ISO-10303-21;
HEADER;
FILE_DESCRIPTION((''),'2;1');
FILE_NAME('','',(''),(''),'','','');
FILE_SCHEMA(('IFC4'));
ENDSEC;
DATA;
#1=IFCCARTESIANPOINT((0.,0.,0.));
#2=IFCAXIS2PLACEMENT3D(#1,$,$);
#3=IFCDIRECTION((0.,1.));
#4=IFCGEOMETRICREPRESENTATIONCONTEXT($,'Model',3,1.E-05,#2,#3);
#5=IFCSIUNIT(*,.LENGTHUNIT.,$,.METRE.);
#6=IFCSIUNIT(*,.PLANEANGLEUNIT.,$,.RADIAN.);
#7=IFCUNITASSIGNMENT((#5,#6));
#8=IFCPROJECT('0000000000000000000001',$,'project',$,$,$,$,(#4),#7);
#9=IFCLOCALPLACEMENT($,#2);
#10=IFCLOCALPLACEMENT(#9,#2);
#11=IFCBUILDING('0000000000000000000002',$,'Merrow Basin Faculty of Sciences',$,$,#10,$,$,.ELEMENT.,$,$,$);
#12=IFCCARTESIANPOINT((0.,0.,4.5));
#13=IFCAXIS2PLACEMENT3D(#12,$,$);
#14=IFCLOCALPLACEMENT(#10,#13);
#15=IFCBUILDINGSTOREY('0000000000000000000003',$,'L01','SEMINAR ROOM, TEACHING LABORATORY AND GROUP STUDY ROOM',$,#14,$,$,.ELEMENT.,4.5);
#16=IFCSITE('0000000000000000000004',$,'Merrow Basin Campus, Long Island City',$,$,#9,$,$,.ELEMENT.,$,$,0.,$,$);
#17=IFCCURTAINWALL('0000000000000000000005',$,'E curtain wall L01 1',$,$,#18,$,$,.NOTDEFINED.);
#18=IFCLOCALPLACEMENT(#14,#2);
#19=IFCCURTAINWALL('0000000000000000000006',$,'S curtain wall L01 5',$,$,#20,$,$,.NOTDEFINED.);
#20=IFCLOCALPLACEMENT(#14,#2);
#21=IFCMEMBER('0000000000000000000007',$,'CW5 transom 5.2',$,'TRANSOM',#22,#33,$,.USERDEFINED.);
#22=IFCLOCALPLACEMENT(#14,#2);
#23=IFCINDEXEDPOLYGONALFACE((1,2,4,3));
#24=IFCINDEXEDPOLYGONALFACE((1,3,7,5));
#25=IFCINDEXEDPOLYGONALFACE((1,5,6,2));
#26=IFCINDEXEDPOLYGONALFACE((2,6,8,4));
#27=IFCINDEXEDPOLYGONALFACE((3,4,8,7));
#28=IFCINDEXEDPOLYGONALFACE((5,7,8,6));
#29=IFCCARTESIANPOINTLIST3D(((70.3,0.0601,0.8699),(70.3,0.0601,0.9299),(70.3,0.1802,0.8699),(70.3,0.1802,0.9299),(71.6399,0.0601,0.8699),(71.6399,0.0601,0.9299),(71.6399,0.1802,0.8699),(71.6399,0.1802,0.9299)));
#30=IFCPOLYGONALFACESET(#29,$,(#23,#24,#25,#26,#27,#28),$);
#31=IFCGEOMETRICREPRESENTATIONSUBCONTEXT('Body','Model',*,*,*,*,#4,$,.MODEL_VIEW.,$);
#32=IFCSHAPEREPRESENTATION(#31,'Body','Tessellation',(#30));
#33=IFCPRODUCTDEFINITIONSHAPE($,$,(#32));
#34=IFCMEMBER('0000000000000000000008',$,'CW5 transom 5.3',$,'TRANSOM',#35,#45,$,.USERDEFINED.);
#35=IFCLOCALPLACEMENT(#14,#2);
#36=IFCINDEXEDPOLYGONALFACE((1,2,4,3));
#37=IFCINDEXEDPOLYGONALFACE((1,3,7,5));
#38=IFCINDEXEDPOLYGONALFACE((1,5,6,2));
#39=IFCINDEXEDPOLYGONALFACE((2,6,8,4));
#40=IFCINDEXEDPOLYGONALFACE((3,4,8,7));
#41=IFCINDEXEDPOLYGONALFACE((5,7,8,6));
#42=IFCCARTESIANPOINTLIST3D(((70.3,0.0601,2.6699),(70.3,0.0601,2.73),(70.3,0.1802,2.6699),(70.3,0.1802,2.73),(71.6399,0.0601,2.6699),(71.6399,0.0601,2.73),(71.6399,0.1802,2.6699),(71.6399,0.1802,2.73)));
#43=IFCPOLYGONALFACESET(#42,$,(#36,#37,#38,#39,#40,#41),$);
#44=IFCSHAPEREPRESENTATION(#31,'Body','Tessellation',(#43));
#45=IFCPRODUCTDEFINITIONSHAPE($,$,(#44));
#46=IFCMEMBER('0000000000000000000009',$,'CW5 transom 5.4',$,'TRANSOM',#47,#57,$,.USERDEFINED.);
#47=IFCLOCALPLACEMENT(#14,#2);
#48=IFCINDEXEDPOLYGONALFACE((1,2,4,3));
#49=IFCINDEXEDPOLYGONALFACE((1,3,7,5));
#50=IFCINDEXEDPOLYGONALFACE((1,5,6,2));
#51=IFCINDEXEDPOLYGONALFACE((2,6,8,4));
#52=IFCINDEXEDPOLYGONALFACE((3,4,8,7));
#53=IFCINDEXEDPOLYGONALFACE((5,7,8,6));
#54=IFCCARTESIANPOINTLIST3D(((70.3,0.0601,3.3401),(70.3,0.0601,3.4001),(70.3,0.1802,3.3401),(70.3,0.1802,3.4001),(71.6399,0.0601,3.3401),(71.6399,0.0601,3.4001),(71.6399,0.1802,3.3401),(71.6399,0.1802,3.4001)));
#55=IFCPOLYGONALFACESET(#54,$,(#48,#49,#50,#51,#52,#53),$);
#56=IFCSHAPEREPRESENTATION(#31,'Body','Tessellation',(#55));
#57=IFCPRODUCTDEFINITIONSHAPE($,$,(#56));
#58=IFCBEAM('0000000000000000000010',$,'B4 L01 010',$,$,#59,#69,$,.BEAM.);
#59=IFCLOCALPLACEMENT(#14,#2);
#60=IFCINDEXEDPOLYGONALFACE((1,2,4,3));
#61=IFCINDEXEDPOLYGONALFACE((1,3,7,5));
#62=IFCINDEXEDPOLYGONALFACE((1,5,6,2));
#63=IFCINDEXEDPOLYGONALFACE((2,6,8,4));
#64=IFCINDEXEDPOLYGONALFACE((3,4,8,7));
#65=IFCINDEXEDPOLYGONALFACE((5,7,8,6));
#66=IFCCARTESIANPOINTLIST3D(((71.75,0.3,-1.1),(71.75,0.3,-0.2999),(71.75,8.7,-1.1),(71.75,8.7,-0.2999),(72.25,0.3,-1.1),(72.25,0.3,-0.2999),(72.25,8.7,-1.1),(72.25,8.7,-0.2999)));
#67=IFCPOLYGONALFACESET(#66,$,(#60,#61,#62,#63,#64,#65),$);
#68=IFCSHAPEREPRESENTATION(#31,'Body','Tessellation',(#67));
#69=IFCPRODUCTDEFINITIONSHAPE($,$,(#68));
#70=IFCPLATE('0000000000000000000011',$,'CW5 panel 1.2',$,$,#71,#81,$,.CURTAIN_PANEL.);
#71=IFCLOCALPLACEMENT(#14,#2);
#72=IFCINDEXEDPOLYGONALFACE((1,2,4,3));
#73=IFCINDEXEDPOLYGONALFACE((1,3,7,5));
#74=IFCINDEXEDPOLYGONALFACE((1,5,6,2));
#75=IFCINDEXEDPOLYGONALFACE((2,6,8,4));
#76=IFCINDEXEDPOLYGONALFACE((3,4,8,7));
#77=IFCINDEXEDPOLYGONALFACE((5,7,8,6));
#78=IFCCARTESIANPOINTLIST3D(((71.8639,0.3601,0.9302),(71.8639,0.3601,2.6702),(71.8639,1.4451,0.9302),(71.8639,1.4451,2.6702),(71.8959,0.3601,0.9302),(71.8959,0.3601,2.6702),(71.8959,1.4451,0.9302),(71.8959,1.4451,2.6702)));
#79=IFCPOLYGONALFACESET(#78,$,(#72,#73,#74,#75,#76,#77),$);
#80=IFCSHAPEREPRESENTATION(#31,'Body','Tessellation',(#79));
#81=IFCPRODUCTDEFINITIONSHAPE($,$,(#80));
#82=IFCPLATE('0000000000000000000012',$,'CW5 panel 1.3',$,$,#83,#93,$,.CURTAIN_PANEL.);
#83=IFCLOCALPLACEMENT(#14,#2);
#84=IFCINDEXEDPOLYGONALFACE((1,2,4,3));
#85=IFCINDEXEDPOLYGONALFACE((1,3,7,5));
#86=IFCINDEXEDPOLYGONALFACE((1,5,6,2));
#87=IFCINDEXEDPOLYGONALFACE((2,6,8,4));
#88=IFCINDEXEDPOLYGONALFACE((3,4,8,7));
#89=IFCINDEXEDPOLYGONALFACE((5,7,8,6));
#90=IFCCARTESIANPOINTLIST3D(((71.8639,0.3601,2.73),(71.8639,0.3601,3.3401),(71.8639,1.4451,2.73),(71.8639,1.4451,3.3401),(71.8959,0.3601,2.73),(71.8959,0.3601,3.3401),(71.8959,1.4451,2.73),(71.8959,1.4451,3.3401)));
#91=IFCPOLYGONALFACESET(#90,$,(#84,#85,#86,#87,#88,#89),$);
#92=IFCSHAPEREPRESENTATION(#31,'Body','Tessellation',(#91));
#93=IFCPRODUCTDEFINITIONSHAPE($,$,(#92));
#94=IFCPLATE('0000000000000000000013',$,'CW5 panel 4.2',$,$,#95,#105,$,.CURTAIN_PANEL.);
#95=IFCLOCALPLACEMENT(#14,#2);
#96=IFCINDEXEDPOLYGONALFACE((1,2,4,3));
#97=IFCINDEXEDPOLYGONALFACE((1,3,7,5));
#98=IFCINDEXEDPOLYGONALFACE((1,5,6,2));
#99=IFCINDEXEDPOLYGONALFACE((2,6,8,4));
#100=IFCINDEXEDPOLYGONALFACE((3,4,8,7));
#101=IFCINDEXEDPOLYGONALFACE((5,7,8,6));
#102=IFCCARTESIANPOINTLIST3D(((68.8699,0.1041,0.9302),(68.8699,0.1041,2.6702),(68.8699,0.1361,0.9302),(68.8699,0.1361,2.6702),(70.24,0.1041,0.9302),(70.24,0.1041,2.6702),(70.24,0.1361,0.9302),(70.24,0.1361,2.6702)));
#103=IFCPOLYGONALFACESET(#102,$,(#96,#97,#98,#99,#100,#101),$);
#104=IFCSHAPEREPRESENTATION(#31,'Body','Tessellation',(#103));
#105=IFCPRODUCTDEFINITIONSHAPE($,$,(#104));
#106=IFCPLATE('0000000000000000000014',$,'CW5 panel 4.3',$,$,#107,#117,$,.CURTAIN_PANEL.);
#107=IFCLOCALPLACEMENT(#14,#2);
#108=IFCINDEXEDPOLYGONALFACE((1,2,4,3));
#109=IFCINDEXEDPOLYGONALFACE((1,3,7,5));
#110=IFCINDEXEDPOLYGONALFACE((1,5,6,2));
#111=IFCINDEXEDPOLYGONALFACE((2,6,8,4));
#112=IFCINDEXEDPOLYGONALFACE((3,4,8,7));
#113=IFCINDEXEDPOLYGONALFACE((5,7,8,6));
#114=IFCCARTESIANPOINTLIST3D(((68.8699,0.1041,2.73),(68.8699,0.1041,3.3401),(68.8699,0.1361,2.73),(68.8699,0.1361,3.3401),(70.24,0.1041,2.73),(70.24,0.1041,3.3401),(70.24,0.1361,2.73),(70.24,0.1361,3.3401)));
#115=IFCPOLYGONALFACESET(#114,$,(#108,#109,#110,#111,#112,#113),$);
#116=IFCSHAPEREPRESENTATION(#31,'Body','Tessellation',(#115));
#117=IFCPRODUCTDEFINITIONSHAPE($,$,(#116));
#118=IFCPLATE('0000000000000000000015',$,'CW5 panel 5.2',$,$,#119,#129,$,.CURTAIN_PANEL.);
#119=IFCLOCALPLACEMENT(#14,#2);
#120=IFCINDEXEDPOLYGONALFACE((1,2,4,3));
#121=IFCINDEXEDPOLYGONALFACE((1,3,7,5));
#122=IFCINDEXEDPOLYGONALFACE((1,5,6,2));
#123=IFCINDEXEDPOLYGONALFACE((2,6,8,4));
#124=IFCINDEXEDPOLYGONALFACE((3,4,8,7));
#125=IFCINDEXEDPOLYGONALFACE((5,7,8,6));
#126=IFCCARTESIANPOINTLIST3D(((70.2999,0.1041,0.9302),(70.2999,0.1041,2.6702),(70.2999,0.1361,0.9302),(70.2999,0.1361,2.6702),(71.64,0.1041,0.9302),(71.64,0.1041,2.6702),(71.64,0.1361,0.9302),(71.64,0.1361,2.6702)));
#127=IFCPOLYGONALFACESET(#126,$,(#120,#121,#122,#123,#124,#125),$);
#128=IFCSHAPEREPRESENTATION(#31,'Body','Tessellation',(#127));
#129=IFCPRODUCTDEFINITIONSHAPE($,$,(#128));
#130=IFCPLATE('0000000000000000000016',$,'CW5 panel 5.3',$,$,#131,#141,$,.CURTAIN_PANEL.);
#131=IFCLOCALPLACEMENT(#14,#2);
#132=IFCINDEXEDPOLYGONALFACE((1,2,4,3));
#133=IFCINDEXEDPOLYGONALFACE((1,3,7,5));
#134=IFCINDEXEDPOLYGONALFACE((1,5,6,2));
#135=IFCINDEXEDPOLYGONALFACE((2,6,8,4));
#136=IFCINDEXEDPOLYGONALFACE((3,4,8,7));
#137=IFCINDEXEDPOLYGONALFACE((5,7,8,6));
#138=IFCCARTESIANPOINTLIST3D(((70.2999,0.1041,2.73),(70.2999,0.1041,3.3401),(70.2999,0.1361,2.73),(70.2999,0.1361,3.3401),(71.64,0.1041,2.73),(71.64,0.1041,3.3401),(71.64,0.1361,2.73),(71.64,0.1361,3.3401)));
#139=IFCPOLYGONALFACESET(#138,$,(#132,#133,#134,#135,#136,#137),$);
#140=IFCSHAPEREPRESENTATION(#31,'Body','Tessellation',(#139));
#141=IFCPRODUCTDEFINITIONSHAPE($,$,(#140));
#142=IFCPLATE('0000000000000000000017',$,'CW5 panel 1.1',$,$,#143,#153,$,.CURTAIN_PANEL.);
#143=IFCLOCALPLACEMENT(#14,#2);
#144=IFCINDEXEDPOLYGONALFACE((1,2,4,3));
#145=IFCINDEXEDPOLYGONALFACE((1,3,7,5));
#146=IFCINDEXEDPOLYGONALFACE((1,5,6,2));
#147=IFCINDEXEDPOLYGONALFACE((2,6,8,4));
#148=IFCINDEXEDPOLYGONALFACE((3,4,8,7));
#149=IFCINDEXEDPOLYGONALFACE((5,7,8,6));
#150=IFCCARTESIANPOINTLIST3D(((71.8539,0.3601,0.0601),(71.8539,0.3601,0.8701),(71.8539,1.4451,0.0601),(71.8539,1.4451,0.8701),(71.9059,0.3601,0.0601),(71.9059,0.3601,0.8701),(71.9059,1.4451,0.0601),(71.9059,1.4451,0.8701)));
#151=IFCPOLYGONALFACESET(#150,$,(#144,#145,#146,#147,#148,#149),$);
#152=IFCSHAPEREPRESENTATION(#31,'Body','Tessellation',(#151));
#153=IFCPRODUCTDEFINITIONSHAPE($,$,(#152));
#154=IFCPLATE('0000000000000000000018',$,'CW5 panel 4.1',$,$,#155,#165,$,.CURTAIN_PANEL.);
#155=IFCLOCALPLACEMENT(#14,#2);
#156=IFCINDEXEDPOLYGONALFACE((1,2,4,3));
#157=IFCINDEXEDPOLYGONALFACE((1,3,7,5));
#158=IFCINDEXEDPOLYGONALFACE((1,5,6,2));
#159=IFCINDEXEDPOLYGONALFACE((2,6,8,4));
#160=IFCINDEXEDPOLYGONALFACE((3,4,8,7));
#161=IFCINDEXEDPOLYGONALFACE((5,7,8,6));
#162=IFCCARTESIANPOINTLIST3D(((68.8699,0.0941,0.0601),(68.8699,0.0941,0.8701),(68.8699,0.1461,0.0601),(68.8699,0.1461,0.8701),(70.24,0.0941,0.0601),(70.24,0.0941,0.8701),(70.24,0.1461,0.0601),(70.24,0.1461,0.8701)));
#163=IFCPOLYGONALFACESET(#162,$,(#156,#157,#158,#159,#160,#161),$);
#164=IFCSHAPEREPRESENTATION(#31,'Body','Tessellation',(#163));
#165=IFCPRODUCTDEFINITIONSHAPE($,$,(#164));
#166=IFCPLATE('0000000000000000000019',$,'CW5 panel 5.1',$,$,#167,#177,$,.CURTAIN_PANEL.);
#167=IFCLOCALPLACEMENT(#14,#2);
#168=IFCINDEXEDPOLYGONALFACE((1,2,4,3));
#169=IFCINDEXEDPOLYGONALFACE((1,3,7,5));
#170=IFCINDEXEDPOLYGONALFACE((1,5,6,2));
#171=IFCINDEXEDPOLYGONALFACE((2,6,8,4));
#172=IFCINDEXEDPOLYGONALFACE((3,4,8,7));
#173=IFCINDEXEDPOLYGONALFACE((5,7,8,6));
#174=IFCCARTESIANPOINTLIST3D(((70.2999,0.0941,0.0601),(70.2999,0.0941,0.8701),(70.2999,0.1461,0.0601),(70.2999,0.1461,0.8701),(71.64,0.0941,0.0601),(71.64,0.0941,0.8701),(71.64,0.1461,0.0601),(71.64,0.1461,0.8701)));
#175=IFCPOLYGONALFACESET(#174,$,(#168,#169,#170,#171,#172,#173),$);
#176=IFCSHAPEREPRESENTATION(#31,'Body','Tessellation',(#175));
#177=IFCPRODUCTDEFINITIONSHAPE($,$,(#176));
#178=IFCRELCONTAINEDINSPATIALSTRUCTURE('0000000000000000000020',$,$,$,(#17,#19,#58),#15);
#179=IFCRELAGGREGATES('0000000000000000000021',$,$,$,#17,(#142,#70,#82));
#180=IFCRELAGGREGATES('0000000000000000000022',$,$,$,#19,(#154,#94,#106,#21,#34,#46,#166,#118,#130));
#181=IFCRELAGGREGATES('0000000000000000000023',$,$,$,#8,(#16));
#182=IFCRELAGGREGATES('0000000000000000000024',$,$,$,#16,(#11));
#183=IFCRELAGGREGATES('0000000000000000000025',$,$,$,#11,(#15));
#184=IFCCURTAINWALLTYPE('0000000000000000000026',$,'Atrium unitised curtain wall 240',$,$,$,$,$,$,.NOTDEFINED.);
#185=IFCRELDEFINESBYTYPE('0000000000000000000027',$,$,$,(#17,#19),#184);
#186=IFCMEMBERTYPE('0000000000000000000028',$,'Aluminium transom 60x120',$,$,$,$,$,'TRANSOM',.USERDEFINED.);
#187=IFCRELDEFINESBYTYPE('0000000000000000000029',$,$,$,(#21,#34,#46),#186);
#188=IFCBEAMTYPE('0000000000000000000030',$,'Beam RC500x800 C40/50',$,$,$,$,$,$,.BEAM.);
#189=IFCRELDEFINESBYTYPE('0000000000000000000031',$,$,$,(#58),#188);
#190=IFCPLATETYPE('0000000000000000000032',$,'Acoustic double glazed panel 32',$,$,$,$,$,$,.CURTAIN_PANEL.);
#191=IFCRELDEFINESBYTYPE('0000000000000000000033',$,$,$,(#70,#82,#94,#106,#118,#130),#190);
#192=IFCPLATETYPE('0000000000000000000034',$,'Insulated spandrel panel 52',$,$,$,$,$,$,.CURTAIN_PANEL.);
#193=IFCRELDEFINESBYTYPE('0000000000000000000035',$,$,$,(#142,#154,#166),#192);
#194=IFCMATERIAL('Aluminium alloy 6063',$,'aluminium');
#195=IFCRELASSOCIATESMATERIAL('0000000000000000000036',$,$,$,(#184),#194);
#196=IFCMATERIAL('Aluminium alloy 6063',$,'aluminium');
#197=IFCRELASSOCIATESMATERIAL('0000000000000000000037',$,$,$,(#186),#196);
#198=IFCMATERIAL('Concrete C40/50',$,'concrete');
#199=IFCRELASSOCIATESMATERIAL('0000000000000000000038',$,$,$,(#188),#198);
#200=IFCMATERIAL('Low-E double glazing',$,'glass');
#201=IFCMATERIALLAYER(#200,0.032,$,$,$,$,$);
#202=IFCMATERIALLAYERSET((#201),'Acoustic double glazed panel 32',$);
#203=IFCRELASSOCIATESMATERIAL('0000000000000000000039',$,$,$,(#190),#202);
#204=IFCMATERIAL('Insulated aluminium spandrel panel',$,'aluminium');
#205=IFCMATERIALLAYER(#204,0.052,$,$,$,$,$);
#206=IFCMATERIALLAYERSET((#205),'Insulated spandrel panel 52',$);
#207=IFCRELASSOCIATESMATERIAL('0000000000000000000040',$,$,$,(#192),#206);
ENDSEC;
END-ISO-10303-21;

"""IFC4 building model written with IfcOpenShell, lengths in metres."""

from ifc_helpers import new_model, si_unit, direction, frame, origin, origin_2d, place, context, subcontext, project, spatial, rectangle, extrude, material, layer, layer_set, material_profile, profile_set, type_object, element, aggregate, save


model = new_model("IFC4")

# Units and contexts
model_context = context("Model", 3, precision=1e-05, world=origin(), true_north=direction((0.0, 1.0)))
body_context = subcontext(model_context, "Body", "Model", "MODEL_VIEW")
ifc_project = project(units=[si_unit("LENGTHUNIT", "METRE"), si_unit("PLANEANGLEUNIT", "RADIAN")], contexts=[model_context])

# Site, building, storey
site_placement = place(None, origin())
site = spatial("IfcSite", under=ifc_project, at=site_placement, Name="Merrow Basin Campus, Long Island City", CompositionType="ELEMENT", RefElevation=0.0)
building_placement = place(site_placement, origin())
building = spatial("IfcBuilding", under=site, at=building_placement, Name="Merrow Basin Faculty of Sciences", CompositionType="ELEMENT")
storey_placement = place(building_placement, frame((0.0, 0.0, 4.5)))
storey = spatial("IfcBuildingStorey", under=building, at=storey_placement, Name="L01", Description="SEMINAR ROOM, TEACHING LABORATORY AND GROUP STUDY ROOM", CompositionType="ELEMENT", Elevation=4.5)

# Curtain walls
ifc_material_1 = material(Name="Aluminium alloy 6063", Category="aluminium")
curtain_wall_type = type_object("IfcCurtainWallType", Name="Atrium unitised curtain wall 240", PredefinedType="NOTDEFINED", material=ifc_material_1)
curtain_wall_1_placement = place(storey_placement, origin())
curtain_wall_1 = element("IfcCurtainWall", 1, at=curtain_wall_1_placement, inside=storey, type_object=curtain_wall_type, Name="E curtain wall L01 1", PredefinedType="NOTDEFINED")
curtain_wall_2_placement = place(storey_placement, origin())
curtain_wall_2 = element("IfcCurtainWall", 2, at=curtain_wall_2_placement, inside=storey, type_object=curtain_wall_type, Name="S curtain wall L01 5", PredefinedType="NOTDEFINED")

# Members
ifc_material_2 = material(Name="Aluminium alloy 6063", Category="aluminium")
ifc_material_profile_1 = material_profile(ifc_material_2, rectangle(XDim=0.1201, YDim=0.0601, at=origin_2d()))
ifc_profile_set_1 = profile_set([ifc_material_profile_1], Name="Aluminium alloy 6063")
member_type_1 = type_object("IfcMemberType", Name="Aluminium transom 60x120", ElementType="TRANSOM", PredefinedType="USERDEFINED", material=ifc_profile_set_1)
member_1_placement = place(storey_placement, frame((70.3, 0.1201, 0.8999), z_axis=(1.0, 0.0, 0.0), x_axis=(0.0, 1.0, 0.0)))
member_1 = element("IfcMember", 3, at=member_1_placement, type_object=member_type_1, Name="CW5 transom 5.2", ObjectType="TRANSOM", PredefinedType="USERDEFINED", context=body_context, shape_type="SweptSolid", body=[
    extrude(rectangle(XDim=0.1201, YDim=0.0601, at=origin_2d()), origin(), (0.0, 0.0, 1.0), 1.3398),
])
member_2_placement = place(storey_placement, frame((70.3, 0.1201, 2.7), z_axis=(1.0, 0.0, 0.0), x_axis=(0.0, 1.0, 0.0)))
member_2 = element("IfcMember", 4, at=member_2_placement, type_object=member_type_1, Name="CW5 transom 5.3", ObjectType="TRANSOM", PredefinedType="USERDEFINED", context=body_context, shape_type="SweptSolid", body=[
    extrude(rectangle(XDim=0.1201, YDim=0.0601, at=origin_2d()), origin(), (0.0, 0.0, 1.0), 1.3398),
])
member_3_placement = place(storey_placement, frame((70.3, 0.1201, 3.3701), z_axis=(1.0, 0.0, 0.0), x_axis=(0.0, 1.0, 0.0)))
member_3 = element("IfcMember", 5, at=member_3_placement, type_object=member_type_1, Name="CW5 transom 5.4", ObjectType="TRANSOM", PredefinedType="USERDEFINED", context=body_context, shape_type="SweptSolid", body=[
    extrude(rectangle(XDim=0.1201, YDim=0.0601, at=origin_2d()), origin(), (0.0, 0.0, 1.0), 1.3398),
])

# Beam
ifc_material_3 = material(Name="Concrete C40/50", Category="concrete")
ifc_material_profile_2 = material_profile(ifc_material_3, rectangle(XDim=0.5, YDim=0.8, at=origin_2d()))
ifc_profile_set_2 = profile_set([ifc_material_profile_2], Name="Concrete C40/50")
beam_type = type_object("IfcBeamType", Name="Beam RC500x800 C40/50", PredefinedType="BEAM", material=ifc_profile_set_2)
beam_placement = place(storey_placement, frame((72.0, 0.3, -0.7), z_axis=(0.0, 1.0, 0.0), x_axis=(-1.0, 0.0, 0.0)))
element("IfcBeam", 6, at=beam_placement, inside=storey, type_object=beam_type, Name="B4 L01 010", PredefinedType="BEAM", context=body_context, shape_type="SweptSolid", body=[
    extrude(rectangle(XDim=0.5, YDim=0.8, at=origin_2d()), origin(), (0.0, 0.0, 1.0), 8.3999),
])

# Plates
ifc_material_4 = material(Name="Low-E double glazing", Category="glass")
ifc_layer_1 = layer(ifc_material_4, 0.032)
ifc_layer_set_1 = layer_set([ifc_layer_1], Name="Acoustic double glazed panel 32")
plate_type_1 = type_object("IfcPlateType", Name="Acoustic double glazed panel 32", PredefinedType="CURTAIN_PANEL", material=ifc_layer_set_1)
plate_1_placement = place(storey_placement, frame((71.8799, 0.9026, 0.9302), z_axis=(0.0, 0.0, 1.0), x_axis=(0.0, 1.0, 0.0)))
plate_1 = element("IfcPlate", 7, at=plate_1_placement, type_object=plate_type_1, Name="CW5 panel 1.2", PredefinedType="CURTAIN_PANEL", context=body_context, shape_type="SweptSolid", body=[
    extrude(rectangle(XDim=1.085, YDim=0.032, at=origin_2d()), origin(), (0.0, 0.0, 1.0), 1.74),
])
plate_2_placement = place(storey_placement, frame((71.8799, 0.9026, 2.73), z_axis=(0.0, 0.0, 1.0), x_axis=(0.0, 1.0, 0.0)))
plate_2 = element("IfcPlate", 8, at=plate_2_placement, type_object=plate_type_1, Name="CW5 panel 1.3", PredefinedType="CURTAIN_PANEL", context=body_context, shape_type="SweptSolid", body=[
    extrude(rectangle(XDim=1.085, YDim=0.032, at=origin_2d()), origin(), (0.0, 0.0, 1.0), 0.6101),
])
plate_3_placement = place(storey_placement, frame((69.5549, 0.1201, 0.9302), z_axis=(0.0, 0.0, 1.0), x_axis=(1.0, 0.0, 0.0)))
plate_3 = element("IfcPlate", 9, at=plate_3_placement, type_object=plate_type_1, Name="CW5 panel 4.2", PredefinedType="CURTAIN_PANEL", context=body_context, shape_type="SweptSolid", body=[
    extrude(rectangle(XDim=1.3701, YDim=0.032, at=origin_2d()), origin(), (0.0, 0.0, 1.0), 1.74),
])
plate_4_placement = place(storey_placement, frame((69.5549, 0.1201, 2.73), z_axis=(0.0, 0.0, 1.0), x_axis=(1.0, 0.0, 0.0)))
plate_4 = element("IfcPlate", 10, at=plate_4_placement, type_object=plate_type_1, Name="CW5 panel 4.3", PredefinedType="CURTAIN_PANEL", context=body_context, shape_type="SweptSolid", body=[
    extrude(rectangle(XDim=1.3701, YDim=0.032, at=origin_2d()), origin(), (0.0, 0.0, 1.0), 0.6101),
])
plate_5_placement = place(storey_placement, frame((70.97, 0.1201, 0.9302), z_axis=(0.0, 0.0, 1.0), x_axis=(1.0, 0.0, 0.0)))
plate_5 = element("IfcPlate", 11, at=plate_5_placement, type_object=plate_type_1, Name="CW5 panel 5.2", PredefinedType="CURTAIN_PANEL", context=body_context, shape_type="SweptSolid", body=[
    extrude(rectangle(XDim=1.3401, YDim=0.032, at=origin_2d()), origin(), (0.0, 0.0, 1.0), 1.74),
])
plate_6_placement = place(storey_placement, frame((70.97, 0.1201, 2.73), z_axis=(0.0, 0.0, 1.0), x_axis=(1.0, 0.0, 0.0)))
plate_6 = element("IfcPlate", 12, at=plate_6_placement, type_object=plate_type_1, Name="CW5 panel 5.3", PredefinedType="CURTAIN_PANEL", context=body_context, shape_type="SweptSolid", body=[
    extrude(rectangle(XDim=1.3401, YDim=0.032, at=origin_2d()), origin(), (0.0, 0.0, 1.0), 0.6101),
])
ifc_material_5 = material(Name="Insulated aluminium spandrel panel", Category="aluminium")
ifc_layer_2 = layer(ifc_material_5, 0.052)
ifc_layer_set_2 = layer_set([ifc_layer_2], Name="Insulated spandrel panel 52")
plate_type_2 = type_object("IfcPlateType", Name="Insulated spandrel panel 52", PredefinedType="CURTAIN_PANEL", material=ifc_layer_set_2)
plate_7_placement = place(storey_placement, frame((71.8799, 0.9026, 0.0601), z_axis=(0.0, 0.0, 1.0), x_axis=(0.0, 1.0, 0.0)))
plate_7 = element("IfcPlate", 13, at=plate_7_placement, type_object=plate_type_2, Name="CW5 panel 1.1", PredefinedType="CURTAIN_PANEL", context=body_context, shape_type="SweptSolid", body=[
    extrude(rectangle(XDim=1.085, YDim=0.052, at=origin_2d()), origin(), (0.0, 0.0, 1.0), 0.8101),
])
aggregate(curtain_wall_1, [plate_7, plate_1, plate_2])
plate_8_placement = place(storey_placement, frame((69.5549, 0.1201, 0.0601), z_axis=(0.0, 0.0, 1.0), x_axis=(1.0, 0.0, 0.0)))
plate_8 = element("IfcPlate", 14, at=plate_8_placement, type_object=plate_type_2, Name="CW5 panel 4.1", PredefinedType="CURTAIN_PANEL", context=body_context, shape_type="SweptSolid", body=[
    extrude(rectangle(XDim=1.3701, YDim=0.052, at=origin_2d()), origin(), (0.0, 0.0, 1.0), 0.8101),
])
plate_9_placement = place(storey_placement, frame((70.97, 0.1201, 0.0601), z_axis=(0.0, 0.0, 1.0), x_axis=(1.0, 0.0, 0.0)))
plate_9 = element("IfcPlate", 15, at=plate_9_placement, type_object=plate_type_2, Name="CW5 panel 5.1", PredefinedType="CURTAIN_PANEL", context=body_context, shape_type="SweptSolid", body=[
    extrude(rectangle(XDim=1.3401, YDim=0.052, at=origin_2d()), origin(), (0.0, 0.0, 1.0), 0.8101),
])
aggregate(curtain_wall_2, [plate_8, plate_3, plate_4, member_1, member_2, member_3, plate_9, plate_5, plate_6])

save(model, "model.ifc")
